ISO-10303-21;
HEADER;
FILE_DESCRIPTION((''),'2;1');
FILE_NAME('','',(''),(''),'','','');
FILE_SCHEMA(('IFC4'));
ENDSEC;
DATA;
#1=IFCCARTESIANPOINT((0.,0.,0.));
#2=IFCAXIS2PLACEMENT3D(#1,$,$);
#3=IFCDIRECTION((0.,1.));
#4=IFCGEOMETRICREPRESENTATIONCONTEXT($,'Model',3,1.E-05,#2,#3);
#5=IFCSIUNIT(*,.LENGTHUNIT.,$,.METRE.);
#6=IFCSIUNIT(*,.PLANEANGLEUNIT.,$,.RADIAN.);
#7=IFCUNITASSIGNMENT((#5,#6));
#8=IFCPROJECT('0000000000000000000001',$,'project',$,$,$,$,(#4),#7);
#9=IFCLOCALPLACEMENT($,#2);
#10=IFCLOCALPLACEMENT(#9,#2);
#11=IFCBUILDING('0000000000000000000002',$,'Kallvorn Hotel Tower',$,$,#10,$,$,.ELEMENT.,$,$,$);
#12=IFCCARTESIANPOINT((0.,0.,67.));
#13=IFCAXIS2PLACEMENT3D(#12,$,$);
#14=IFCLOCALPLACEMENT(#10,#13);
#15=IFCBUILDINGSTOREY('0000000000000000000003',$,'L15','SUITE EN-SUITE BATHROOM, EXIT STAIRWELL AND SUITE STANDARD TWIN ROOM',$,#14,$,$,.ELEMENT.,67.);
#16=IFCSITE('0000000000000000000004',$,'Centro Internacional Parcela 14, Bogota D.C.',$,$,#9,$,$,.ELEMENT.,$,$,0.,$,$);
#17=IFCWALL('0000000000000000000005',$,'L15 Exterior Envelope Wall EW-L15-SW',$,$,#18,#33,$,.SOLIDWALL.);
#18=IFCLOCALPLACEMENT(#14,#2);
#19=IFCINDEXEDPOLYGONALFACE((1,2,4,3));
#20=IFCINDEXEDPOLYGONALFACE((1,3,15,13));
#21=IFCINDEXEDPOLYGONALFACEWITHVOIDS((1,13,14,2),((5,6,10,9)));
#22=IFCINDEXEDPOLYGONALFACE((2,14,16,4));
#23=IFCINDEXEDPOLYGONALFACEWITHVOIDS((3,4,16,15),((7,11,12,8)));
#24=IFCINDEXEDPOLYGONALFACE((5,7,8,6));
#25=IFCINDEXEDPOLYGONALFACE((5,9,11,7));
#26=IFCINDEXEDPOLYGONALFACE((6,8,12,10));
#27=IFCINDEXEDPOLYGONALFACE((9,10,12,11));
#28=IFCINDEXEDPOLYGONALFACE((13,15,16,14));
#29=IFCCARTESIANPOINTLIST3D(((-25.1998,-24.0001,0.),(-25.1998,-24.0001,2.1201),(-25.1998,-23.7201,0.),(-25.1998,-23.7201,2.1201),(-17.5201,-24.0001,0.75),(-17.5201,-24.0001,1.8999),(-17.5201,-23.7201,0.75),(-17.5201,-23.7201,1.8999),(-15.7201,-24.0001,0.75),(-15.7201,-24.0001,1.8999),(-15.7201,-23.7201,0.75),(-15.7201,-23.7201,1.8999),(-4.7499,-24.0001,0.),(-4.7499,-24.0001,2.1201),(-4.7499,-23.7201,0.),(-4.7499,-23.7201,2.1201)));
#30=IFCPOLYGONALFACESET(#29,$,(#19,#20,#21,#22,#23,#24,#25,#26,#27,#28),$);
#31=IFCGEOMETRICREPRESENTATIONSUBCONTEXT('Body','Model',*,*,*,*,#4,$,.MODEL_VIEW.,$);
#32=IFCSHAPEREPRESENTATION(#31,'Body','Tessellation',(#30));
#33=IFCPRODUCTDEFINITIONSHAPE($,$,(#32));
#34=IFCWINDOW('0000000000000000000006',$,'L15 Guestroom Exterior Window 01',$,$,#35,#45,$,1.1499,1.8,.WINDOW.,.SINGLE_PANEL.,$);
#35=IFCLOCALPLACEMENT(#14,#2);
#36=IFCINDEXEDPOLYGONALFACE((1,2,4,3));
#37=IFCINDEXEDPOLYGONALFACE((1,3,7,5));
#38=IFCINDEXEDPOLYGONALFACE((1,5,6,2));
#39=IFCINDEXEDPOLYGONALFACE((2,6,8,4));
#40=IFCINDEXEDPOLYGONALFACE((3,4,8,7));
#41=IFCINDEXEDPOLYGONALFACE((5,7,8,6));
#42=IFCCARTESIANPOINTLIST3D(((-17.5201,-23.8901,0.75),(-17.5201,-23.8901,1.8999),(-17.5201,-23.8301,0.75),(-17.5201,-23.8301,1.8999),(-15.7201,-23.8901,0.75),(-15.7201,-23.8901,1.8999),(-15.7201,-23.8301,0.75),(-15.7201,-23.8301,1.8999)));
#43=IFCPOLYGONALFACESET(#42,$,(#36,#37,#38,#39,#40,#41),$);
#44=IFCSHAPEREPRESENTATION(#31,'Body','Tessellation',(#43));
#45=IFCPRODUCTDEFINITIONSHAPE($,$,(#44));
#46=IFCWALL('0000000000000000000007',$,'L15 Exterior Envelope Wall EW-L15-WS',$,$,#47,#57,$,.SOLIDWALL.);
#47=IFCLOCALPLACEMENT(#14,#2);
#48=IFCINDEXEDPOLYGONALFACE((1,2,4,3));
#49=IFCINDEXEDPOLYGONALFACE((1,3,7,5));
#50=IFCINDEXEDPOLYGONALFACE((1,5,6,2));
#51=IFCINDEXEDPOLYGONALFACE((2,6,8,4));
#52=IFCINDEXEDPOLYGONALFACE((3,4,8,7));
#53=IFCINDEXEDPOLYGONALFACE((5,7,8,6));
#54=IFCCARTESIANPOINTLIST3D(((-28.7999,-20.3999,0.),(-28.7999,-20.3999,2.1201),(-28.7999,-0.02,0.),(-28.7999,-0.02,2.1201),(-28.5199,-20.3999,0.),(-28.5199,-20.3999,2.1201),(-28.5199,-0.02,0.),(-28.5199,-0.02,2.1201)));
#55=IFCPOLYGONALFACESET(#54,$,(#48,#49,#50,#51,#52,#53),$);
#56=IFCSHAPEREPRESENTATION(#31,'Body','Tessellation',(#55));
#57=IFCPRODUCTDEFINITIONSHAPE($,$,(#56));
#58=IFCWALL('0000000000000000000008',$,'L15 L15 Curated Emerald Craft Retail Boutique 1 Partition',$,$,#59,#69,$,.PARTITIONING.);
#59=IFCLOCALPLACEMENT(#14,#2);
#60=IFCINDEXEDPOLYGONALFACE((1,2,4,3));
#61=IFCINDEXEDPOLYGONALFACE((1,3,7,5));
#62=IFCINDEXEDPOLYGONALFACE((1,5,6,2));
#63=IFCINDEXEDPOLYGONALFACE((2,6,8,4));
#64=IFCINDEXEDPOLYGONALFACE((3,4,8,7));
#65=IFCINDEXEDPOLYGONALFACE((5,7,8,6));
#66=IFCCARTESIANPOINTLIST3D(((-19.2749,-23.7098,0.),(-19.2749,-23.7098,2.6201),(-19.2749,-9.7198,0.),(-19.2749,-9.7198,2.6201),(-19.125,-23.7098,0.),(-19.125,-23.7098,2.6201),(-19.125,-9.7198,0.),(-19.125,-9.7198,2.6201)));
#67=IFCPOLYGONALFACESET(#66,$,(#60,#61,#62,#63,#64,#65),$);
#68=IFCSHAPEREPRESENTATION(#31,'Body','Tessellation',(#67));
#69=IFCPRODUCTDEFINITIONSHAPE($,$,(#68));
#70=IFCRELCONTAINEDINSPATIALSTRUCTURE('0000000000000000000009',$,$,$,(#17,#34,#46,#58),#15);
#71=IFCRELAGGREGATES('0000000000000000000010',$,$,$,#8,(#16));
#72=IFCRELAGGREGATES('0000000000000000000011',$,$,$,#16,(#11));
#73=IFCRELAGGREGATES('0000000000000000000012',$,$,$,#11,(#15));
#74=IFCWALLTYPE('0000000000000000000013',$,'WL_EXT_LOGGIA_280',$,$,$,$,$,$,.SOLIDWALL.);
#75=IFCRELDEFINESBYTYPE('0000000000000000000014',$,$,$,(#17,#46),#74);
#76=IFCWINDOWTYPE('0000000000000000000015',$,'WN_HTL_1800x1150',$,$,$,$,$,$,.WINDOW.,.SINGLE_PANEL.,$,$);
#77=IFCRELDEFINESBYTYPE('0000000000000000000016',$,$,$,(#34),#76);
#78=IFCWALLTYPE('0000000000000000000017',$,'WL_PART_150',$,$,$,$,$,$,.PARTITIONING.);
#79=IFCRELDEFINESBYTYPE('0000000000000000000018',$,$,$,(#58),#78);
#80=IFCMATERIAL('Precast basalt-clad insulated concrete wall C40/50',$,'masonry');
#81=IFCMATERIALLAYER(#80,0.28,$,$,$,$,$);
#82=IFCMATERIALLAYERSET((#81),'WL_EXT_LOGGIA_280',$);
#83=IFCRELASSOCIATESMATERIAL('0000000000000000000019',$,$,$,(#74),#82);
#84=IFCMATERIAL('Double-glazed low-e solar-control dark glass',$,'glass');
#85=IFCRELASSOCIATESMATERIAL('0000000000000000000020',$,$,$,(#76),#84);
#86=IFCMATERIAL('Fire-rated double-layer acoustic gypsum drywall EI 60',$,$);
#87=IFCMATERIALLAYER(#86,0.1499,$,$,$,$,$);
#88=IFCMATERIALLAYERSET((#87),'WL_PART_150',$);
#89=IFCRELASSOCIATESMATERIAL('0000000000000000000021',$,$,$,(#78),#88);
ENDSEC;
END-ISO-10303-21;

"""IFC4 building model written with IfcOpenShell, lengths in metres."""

from ifc_helpers import new_model, si_unit, direction, frame, frame_2d, origin, place, context, subcontext, project, spatial, rectangle, extrude, material, layer, layer_set, type_object, element, fill, save


model = new_model("IFC4")

# Units and contexts
model_context = context("Model", 3, precision=1e-05, world=origin(), true_north=direction((0.0, 1.0)))
body_context = subcontext(model_context, "Body", "Model", "MODEL_VIEW")
ifc_project = project(units=[si_unit("LENGTHUNIT", "METRE"), si_unit("PLANEANGLEUNIT", "RADIAN")], contexts=[model_context])

# Site, building, storey
site_placement = place(None, origin())
site = spatial("IfcSite", under=ifc_project, at=site_placement, Name="Centro Internacional Parcela 14, Bogota D.C.", CompositionType="ELEMENT", RefElevation=0.0)
building_placement = place(site_placement, origin())
building = spatial("IfcBuilding", under=site, at=building_placement, Name="Kallvorn Hotel Tower", CompositionType="ELEMENT")
storey_placement = place(building_placement, frame((0.0, 0.0, 67.0)))
storey = spatial("IfcBuildingStorey", under=building, at=storey_placement, Name="L15", Description="SUITE EN-SUITE BATHROOM, EXIT STAIRWELL AND SUITE STANDARD TWIN ROOM", CompositionType="ELEMENT", Elevation=67.0)

# Shared definitions
ifc_material_1 = material(Name="Precast basalt-clad insulated concrete wall C40/50", Category="masonry")
ifc_layer_1 = layer(ifc_material_1, 0.28)
ifc_layer_set_1 = layer_set([ifc_layer_1], Name="WL_EXT_LOGGIA_280")
wall_type_1 = type_object("IfcWallType", Name="WL_EXT_LOGGIA_280", PredefinedType="SOLIDWALL", material=ifc_layer_set_1)

# Wall, opening, window
wall_1_placement = place(storey_placement, frame((-25.2, -23.8601, 0.0), z_axis=(0.0, 0.0, 1.0), x_axis=(1.0, 0.0, 0.0)))
wall_1 = element("IfcWall", 1, at=wall_1_placement, inside=storey, type_object=wall_type_1, Name="L15 Exterior Envelope Wall EW-L15-SW", PredefinedType="SOLIDWALL", context=body_context, shape_type="SweptSolid", body=[
    extrude(rectangle(XDim=20.45, YDim=0.28, at=frame_2d((10.2251, 0.0))), origin(), (0.0, 0.0, 1.0), 2.1201),
])
opening_placement = place(wall_1_placement, frame((7.6799, 0.0, 0.75)))
opening = element("IfcOpeningElement", 2, at=opening_placement, cuts=wall_1, PredefinedType="OPENING", context=body_context, shape_type="SweptSolid", body=[
    extrude(rectangle(XDim=1.8, YDim=1.1499, at=frame_2d((0.8999, 0.575))), frame((0.0, 0.155, 0.0), z_axis=(0.0, -1.0, 0.0), x_axis=(1.0, 0.0, 0.0)), (0.0, 0.0, 1.0), 0.3101),
])
ifc_material_2 = material(Name="Double-glazed low-e solar-control dark glass", Category="glass")
window_type = type_object("IfcWindowType", Name="WN_HTL_1800x1150", PartitioningType="SINGLE_PANEL", PredefinedType="WINDOW", material=ifc_material_2)
window_placement = place(opening_placement, origin())
window = element("IfcWindow", 3, at=window_placement, inside=storey, type_object=window_type, Name="L15 Guestroom Exterior Window 01", OverallHeight=1.1499, OverallWidth=1.8, PartitioningType="SINGLE_PANEL", PredefinedType="WINDOW", context=body_context, shape_type="SweptSolid", body=[
    extrude(rectangle(XDim=1.8, YDim=1.1499, at=frame_2d((0.8999, 0.575))), frame((0.0, 0.03, 0.0), z_axis=(0.0, -1.0, 0.0), x_axis=(1.0, 0.0, 0.0)), (0.0, 0.0, 1.0), 0.0601),
])
fill(opening, window)

# Walls
wall_2_placement = place(storey_placement, frame((-28.6599, -20.3999, 0.0), z_axis=(0.0, 0.0, 1.0), x_axis=(0.0, 1.0, 0.0)))
element("IfcWall", 4, at=wall_2_placement, inside=storey, type_object=wall_type_1, Name="L15 Exterior Envelope Wall EW-L15-WS", PredefinedType="SOLIDWALL", context=body_context, shape_type="SweptSolid", body=[
    extrude(rectangle(XDim=20.3799, YDim=0.28, at=frame_2d((10.1899, 0.0))), origin(), (0.0, 0.0, 1.0), 2.1201),
])
ifc_material_3 = material(Name="Fire-rated double-layer acoustic gypsum drywall EI 60")
ifc_layer_2 = layer(ifc_material_3, 0.1499)
ifc_layer_set_2 = layer_set([ifc_layer_2], Name="WL_PART_150")
wall_type_2 = type_object("IfcWallType", Name="WL_PART_150", PredefinedType="PARTITIONING", material=ifc_layer_set_2)
wall_3_placement = place(storey_placement, frame((-19.2, -23.71, 0.0), z_axis=(0.0, 0.0, 1.0), x_axis=(0.0, 1.0, 0.0)))
element("IfcWall", 5, at=wall_3_placement, inside=storey, type_object=wall_type_2, Name="L15 L15 Curated Emerald Craft Retail Boutique 1 Partition", PredefinedType="PARTITIONING", context=body_context, shape_type="SweptSolid", body=[
    extrude(rectangle(XDim=13.99, YDim=0.1499, at=frame_2d((6.9951, 0.0))), origin(), (0.0, 0.0, 1.0), 2.6201),
])

save(model, "model.ifc")
